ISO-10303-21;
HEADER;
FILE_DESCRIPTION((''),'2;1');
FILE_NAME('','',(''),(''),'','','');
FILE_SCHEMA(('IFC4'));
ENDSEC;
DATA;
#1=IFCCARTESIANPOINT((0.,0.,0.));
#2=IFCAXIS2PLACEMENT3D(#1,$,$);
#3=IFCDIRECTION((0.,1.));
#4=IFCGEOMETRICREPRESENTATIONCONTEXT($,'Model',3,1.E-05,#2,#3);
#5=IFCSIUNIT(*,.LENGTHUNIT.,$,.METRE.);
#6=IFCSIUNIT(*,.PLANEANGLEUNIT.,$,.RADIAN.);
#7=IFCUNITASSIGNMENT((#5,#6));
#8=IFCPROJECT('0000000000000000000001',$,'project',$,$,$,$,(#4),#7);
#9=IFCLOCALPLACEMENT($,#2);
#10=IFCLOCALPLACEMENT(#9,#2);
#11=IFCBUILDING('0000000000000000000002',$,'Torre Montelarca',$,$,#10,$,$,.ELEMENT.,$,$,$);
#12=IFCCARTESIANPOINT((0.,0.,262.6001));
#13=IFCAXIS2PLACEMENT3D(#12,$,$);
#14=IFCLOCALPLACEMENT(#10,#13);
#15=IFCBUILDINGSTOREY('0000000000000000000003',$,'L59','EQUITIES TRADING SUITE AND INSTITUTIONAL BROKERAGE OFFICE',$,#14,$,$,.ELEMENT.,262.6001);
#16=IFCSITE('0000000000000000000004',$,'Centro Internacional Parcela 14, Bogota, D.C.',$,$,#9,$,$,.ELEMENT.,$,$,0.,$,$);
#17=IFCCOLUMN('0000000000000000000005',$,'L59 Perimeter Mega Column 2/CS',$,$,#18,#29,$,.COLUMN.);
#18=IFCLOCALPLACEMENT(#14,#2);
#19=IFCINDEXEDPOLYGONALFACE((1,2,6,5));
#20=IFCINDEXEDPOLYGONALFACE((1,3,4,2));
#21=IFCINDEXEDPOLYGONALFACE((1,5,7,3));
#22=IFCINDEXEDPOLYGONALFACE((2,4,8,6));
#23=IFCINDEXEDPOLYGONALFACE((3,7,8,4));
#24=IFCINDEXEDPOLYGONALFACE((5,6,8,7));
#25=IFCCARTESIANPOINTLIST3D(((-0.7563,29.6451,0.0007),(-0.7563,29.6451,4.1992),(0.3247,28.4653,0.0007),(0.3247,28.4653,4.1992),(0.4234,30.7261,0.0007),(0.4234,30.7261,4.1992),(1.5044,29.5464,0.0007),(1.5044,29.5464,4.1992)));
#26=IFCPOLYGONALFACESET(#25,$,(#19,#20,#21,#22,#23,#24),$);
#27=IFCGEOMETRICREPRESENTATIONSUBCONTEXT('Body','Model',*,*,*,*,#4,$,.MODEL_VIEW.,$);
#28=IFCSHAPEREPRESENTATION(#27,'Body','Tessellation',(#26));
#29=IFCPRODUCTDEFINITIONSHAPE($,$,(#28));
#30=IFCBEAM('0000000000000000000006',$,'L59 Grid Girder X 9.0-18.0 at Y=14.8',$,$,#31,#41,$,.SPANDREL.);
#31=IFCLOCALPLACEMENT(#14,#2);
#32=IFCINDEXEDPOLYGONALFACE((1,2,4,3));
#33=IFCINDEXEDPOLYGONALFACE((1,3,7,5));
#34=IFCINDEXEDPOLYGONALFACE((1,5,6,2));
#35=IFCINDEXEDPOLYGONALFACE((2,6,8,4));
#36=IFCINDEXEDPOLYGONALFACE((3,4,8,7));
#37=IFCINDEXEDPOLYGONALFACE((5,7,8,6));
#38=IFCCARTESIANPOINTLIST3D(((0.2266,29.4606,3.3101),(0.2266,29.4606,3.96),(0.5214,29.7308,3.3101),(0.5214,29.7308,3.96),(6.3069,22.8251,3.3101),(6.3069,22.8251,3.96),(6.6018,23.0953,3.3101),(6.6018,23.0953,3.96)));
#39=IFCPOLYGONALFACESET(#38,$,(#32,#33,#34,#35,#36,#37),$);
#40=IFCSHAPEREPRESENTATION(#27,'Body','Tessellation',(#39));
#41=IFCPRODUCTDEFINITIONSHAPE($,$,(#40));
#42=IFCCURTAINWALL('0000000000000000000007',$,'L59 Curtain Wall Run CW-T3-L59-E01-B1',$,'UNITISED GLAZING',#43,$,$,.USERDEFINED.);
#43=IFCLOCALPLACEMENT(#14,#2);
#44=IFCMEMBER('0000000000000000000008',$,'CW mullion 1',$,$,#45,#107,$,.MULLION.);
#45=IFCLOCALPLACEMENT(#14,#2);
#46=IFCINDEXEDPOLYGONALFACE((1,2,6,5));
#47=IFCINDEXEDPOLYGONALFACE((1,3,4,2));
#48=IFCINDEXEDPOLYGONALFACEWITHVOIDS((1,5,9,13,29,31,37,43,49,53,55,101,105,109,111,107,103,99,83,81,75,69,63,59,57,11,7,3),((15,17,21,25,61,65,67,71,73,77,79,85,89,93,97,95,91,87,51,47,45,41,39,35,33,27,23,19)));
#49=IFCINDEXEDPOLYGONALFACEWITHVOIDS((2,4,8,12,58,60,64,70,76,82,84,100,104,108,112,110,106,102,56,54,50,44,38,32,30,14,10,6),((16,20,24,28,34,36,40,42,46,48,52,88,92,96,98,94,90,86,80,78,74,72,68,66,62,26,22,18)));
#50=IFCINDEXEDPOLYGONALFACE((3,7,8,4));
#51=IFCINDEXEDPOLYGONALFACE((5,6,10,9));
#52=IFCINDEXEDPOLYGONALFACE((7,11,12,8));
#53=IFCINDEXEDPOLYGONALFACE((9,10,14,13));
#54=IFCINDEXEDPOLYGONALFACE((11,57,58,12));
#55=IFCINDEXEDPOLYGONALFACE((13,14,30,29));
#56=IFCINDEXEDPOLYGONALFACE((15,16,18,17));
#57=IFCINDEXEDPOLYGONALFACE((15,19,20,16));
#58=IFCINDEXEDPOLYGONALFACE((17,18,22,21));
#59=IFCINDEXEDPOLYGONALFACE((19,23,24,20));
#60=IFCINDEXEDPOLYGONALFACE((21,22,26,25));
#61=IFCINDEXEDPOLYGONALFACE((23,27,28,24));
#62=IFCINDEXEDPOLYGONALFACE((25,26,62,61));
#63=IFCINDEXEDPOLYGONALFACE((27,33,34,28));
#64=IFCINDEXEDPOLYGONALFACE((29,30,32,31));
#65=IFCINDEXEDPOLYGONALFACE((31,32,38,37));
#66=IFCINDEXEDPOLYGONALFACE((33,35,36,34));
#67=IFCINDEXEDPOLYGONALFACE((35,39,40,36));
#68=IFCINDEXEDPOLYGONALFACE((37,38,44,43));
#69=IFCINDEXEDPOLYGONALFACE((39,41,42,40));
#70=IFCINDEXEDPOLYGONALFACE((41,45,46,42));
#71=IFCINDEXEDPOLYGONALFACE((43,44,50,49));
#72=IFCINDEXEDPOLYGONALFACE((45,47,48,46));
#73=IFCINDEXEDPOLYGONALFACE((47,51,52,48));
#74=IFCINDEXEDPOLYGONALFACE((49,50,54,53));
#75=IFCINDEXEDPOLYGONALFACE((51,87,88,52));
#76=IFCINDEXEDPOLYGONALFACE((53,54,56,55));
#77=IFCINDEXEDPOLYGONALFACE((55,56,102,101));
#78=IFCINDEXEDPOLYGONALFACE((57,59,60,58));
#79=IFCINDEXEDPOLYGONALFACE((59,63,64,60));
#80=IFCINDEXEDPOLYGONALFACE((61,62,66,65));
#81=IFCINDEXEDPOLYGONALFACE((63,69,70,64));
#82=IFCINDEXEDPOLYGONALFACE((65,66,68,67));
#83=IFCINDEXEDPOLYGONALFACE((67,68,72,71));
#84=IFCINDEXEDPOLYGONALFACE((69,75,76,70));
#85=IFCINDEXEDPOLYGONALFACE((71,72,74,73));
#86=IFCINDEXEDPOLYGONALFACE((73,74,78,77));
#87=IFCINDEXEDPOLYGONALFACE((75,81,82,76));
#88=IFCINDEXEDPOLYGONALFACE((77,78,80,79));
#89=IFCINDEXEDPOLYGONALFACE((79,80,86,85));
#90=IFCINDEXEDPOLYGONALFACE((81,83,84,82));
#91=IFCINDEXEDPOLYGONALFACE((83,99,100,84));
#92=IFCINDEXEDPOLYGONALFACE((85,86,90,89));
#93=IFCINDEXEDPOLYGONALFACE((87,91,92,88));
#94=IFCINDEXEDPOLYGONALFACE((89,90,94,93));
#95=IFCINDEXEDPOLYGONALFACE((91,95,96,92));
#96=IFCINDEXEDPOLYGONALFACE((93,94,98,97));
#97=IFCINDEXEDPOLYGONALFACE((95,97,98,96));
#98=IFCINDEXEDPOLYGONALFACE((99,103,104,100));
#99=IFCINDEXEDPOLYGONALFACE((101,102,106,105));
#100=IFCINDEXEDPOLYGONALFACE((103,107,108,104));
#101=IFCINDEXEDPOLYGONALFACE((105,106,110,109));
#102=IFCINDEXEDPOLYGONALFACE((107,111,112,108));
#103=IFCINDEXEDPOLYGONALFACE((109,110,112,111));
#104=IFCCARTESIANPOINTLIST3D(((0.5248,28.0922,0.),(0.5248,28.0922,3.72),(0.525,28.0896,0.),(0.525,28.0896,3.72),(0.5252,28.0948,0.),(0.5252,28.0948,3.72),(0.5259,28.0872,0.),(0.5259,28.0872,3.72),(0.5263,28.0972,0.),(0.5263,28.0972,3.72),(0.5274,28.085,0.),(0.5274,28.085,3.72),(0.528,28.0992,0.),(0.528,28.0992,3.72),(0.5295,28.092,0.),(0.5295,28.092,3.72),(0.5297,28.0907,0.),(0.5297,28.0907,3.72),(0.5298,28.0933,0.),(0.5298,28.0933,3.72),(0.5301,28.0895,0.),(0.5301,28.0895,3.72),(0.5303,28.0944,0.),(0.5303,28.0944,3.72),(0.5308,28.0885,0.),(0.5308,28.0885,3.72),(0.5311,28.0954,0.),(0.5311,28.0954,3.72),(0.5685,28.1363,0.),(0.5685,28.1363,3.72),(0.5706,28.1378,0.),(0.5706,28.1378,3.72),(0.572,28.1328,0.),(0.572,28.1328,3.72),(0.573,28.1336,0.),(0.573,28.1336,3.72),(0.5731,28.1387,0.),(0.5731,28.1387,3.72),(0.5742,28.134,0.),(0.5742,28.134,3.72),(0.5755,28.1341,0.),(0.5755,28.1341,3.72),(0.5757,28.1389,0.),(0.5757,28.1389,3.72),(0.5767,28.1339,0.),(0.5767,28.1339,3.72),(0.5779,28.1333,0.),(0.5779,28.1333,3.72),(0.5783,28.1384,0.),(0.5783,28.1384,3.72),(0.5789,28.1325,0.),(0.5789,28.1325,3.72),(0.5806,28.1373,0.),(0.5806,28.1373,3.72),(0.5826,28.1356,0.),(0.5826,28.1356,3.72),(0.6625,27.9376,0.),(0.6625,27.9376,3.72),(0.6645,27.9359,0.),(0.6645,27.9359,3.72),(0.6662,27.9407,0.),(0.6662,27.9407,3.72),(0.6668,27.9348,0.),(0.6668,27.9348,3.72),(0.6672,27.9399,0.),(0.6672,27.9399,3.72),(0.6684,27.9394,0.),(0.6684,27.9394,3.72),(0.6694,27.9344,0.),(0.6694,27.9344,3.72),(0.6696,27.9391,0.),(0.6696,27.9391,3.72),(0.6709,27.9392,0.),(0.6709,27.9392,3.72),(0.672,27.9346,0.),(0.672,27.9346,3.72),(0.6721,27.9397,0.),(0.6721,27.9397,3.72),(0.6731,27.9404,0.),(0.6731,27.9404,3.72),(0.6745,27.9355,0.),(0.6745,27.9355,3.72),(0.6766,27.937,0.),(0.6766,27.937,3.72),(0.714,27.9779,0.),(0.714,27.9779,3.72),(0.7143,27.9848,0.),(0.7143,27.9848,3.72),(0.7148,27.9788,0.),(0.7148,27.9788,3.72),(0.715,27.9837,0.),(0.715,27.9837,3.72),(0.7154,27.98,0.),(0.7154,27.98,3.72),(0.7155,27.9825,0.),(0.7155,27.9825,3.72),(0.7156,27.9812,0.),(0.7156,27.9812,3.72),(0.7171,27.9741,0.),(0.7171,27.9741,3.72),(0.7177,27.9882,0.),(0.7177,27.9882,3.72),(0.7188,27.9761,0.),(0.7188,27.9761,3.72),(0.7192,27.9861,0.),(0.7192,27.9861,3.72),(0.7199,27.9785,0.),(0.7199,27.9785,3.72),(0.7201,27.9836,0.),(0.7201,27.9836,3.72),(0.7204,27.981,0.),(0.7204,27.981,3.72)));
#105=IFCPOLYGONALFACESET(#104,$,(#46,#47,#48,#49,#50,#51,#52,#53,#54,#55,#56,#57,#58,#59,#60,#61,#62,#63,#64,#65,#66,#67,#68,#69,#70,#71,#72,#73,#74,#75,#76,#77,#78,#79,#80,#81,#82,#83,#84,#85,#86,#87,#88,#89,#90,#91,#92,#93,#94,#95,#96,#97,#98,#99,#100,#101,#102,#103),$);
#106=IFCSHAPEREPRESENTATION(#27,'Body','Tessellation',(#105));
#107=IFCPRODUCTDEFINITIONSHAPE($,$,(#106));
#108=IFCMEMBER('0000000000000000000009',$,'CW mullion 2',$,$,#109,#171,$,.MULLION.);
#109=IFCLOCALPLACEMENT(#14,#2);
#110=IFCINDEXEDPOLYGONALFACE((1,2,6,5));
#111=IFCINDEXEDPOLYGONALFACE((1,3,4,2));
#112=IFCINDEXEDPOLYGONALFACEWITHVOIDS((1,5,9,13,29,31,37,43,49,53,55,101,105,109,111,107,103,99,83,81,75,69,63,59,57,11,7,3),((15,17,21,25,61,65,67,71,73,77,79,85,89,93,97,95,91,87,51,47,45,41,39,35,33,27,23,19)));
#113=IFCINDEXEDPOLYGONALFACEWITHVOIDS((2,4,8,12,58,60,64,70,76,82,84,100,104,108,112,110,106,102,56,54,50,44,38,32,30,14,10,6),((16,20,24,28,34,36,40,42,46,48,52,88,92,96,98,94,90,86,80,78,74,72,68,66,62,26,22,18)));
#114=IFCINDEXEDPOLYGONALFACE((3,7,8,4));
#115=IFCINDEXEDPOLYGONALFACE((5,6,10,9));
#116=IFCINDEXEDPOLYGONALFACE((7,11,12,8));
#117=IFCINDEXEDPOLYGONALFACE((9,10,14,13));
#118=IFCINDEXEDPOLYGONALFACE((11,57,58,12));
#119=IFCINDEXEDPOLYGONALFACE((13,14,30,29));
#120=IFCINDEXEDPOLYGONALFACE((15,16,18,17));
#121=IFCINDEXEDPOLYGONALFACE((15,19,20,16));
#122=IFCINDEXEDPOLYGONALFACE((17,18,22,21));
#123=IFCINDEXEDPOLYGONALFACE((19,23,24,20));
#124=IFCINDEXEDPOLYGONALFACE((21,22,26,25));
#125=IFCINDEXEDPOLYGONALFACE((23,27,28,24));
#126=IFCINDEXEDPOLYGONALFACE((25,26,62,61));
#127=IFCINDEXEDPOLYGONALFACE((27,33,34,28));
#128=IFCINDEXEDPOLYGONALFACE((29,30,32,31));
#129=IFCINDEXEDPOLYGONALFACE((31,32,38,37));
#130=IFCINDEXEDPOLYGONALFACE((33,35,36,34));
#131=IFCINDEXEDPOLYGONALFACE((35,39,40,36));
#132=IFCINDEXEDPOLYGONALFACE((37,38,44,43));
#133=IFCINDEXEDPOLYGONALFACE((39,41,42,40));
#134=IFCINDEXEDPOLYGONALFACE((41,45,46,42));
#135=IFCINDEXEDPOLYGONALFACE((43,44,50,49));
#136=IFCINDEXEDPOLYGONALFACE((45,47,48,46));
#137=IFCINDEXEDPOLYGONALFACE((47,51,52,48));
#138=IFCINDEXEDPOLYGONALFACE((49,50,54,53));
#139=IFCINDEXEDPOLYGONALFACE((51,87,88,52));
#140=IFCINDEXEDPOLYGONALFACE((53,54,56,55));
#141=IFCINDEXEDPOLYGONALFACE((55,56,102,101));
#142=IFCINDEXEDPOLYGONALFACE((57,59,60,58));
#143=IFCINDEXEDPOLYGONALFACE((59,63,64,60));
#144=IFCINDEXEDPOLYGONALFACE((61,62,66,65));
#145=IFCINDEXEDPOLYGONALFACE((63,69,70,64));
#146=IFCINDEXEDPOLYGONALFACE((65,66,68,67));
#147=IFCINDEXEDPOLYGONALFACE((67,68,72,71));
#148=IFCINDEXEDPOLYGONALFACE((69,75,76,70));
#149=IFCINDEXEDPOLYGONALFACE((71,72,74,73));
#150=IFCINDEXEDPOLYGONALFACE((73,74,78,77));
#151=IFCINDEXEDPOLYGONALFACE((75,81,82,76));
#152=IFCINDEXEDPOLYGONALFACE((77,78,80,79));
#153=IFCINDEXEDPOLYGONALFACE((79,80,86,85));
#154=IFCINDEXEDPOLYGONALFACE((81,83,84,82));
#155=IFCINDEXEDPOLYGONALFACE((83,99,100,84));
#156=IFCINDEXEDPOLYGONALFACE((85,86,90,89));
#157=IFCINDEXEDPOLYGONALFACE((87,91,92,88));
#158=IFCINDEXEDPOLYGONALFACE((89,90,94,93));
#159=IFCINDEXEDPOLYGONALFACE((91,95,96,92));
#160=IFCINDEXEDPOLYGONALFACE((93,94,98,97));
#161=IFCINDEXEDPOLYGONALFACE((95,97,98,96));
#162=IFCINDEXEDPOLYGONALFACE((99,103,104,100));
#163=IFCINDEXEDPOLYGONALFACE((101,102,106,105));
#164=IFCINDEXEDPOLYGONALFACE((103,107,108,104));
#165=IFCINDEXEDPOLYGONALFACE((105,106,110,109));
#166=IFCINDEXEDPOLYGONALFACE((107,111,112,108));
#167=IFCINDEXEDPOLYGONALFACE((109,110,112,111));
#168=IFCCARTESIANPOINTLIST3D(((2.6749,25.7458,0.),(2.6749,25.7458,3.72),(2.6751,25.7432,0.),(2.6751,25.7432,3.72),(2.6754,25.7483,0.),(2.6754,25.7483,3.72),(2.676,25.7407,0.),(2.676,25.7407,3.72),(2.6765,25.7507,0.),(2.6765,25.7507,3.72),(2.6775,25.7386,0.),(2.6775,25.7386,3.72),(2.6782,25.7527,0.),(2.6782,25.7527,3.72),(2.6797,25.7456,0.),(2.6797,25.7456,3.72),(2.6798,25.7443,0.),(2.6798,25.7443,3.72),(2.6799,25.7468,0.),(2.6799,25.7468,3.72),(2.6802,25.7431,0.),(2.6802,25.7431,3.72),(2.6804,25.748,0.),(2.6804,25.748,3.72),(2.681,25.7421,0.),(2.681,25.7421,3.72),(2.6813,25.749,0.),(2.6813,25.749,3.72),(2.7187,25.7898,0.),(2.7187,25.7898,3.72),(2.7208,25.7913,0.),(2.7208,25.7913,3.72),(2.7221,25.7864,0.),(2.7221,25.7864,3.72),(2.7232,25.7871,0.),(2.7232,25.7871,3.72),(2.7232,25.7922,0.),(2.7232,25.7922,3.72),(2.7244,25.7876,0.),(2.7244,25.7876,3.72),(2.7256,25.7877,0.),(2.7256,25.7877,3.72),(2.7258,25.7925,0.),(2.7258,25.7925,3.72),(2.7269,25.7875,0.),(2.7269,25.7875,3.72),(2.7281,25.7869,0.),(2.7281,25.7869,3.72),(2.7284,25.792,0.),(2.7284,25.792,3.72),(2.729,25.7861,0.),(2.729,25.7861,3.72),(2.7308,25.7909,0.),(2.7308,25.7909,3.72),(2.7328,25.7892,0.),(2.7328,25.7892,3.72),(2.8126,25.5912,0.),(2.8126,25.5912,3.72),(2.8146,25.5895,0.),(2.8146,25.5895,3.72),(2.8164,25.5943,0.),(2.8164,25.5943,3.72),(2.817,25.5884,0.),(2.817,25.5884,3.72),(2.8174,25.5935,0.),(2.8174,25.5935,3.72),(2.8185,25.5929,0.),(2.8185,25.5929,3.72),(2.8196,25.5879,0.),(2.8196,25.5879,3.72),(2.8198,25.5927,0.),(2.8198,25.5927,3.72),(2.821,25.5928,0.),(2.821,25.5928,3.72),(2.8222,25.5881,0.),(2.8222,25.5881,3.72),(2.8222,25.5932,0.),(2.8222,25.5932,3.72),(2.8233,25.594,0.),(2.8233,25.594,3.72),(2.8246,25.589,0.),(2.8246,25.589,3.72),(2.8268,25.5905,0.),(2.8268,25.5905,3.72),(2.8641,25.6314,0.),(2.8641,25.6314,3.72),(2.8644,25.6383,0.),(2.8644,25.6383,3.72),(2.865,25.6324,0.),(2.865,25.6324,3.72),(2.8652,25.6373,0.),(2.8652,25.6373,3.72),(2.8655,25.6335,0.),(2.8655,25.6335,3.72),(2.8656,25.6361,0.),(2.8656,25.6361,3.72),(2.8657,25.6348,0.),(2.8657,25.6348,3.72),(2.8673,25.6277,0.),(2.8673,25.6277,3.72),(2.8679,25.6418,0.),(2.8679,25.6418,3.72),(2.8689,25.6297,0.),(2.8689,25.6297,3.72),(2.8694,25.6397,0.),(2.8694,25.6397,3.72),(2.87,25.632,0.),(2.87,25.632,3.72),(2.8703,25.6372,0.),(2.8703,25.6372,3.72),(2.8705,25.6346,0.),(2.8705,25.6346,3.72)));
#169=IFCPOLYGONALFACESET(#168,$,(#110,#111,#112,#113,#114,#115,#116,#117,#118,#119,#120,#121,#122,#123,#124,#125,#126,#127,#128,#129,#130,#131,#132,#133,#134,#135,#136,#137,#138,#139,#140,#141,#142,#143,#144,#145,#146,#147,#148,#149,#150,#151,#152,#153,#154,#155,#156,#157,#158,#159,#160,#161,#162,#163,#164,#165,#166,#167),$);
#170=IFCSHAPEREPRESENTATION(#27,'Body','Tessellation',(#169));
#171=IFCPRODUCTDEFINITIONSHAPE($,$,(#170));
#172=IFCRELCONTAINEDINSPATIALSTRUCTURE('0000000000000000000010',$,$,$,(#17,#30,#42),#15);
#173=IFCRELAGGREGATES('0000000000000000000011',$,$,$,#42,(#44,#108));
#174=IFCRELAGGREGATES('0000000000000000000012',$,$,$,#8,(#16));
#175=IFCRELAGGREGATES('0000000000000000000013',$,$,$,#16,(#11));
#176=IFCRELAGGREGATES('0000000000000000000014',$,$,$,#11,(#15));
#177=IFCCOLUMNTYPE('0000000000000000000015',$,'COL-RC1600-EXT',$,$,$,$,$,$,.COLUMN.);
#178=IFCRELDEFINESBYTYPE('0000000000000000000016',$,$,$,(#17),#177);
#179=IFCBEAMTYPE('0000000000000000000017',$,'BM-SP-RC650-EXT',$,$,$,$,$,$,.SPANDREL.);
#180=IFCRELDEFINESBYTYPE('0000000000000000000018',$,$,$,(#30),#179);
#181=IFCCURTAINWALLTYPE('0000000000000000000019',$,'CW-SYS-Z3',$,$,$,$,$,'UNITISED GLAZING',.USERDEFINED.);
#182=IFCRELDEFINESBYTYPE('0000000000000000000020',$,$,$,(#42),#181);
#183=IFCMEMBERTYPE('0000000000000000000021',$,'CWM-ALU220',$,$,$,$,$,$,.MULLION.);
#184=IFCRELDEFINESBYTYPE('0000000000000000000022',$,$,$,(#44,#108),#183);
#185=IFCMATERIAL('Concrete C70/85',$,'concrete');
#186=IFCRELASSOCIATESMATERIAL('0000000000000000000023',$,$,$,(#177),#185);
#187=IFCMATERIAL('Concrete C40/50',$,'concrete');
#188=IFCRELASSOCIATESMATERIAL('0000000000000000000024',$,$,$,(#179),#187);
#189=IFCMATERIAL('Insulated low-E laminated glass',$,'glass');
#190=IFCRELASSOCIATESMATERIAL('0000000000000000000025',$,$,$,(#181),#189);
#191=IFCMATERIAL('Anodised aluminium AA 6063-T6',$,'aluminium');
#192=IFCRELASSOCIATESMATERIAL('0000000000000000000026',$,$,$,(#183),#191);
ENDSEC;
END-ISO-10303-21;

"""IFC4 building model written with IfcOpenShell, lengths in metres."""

from ifc_helpers import new_model, si_unit, direction, frame, origin, origin_2d, place, context, subcontext, project, spatial, rectangle, hollow_rectangle, extrude, source, transform, mapped, material, material_profile, profile_set, type_object, element, aggregate, save


model = new_model("IFC4")

# Units and contexts
model_context = context("Model", 3, precision=1e-05, world=origin(), true_north=direction((0.0, 1.0)))
body_context = subcontext(model_context, "Body", "Model", "MODEL_VIEW")
ifc_project = project(units=[si_unit("LENGTHUNIT", "METRE"), si_unit("PLANEANGLEUNIT", "RADIAN")], contexts=[model_context])

# Site, building, storey
site_placement = place(None, origin())
site = spatial("IfcSite", under=ifc_project, at=site_placement, Name="Centro Internacional Parcela 14, Bogota, D.C.", CompositionType="ELEMENT", RefElevation=0.0)
building_placement = place(site_placement, origin())
building = spatial("IfcBuilding", under=site, at=building_placement, Name="Torre Montelarca", CompositionType="ELEMENT")
storey_placement = place(building_placement, frame((0.0, 0.0, 262.6001)))
storey = spatial("IfcBuildingStorey", under=building, at=storey_placement, Name="L59", Description="EQUITIES TRADING SUITE AND INSTITUTIONAL BROKERAGE OFFICE", CompositionType="ELEMENT", Elevation=262.6001)

# Column
ifc_material_1 = material(Name="Concrete C70/85", Category="concrete")
ifc_material_profile_1 = material_profile(ifc_material_1, rectangle(XDim=1.6001, YDim=1.6001, at=origin_2d()), Name="RC1600X1600", Category="concrete")
ifc_profile_set_1 = profile_set([ifc_material_profile_1], Name="Concrete C70/85")
column_type = type_object("IfcColumnType", Name="COL-RC1600-EXT", PredefinedType="COLUMN", material=ifc_profile_set_1)
shared_shape_1 = source(origin(), body_context, "Body", "SweptSolid", [
    extrude(rectangle(XDim=1.6001, YDim=1.6001, at=origin_2d()), origin(), (0.0, 0.0, 1.0), 4.1985),
])
column_placement = place(storey_placement, frame((0.374, 29.5957, 0.0007), z_axis=(0.0, 0.0, 1.0), x_axis=(-0.67559, 0.737277, 0.0)))
element("IfcColumn", 1, at=column_placement, inside=storey, type_object=column_type, Name="L59 Perimeter Mega Column 2/CS", PredefinedType="COLUMN", context=body_context, shape_type="MappedRepresentation", body=[
    mapped(shared_shape_1, transform((0.0, 0.0, 0.0), scale=1.0)),
])

# Beam
ifc_material_2 = material(Name="Concrete C40/50", Category="concrete")
ifc_material_profile_2 = material_profile(ifc_material_2, rectangle(XDim=0.3999, YDim=0.6499, at=origin_2d()), Name="RCB400X650", Category="concrete")
ifc_profile_set_2 = profile_set([ifc_material_profile_2], Name="Concrete C40/50")
beam_type = type_object("IfcBeamType", Name="BM-SP-RC650-EXT", PredefinedType="SPANDREL", material=ifc_profile_set_2)
shared_shape_2 = source(origin(), body_context, "Body", "SweptSolid", [
    extrude(rectangle(XDim=0.3999, YDim=0.6499, at=origin_2d()), origin(), (0.0, 0.0, 1.0), 9.0),
])
beam_placement = place(storey_placement, frame((0.374, 29.5957, 3.635), z_axis=(0.675591, -0.737277, 0.0), x_axis=(0.737277, 0.675591, 0.0)))
element("IfcBeam", 2, at=beam_placement, inside=storey, type_object=beam_type, Name="L59 Grid Girder X 9.0-18.0 at Y=14.8", PredefinedType="SPANDREL", context=body_context, shape_type="MappedRepresentation", body=[
    mapped(shared_shape_2, transform((0.0, 0.0, 0.0), scale=1.0)),
])

# Curtain wall, members
ifc_material_3 = material(Name="Insulated low-E laminated glass", Category="glass")
curtain_wall_type = type_object("IfcCurtainWallType", Name="CW-SYS-Z3", ElementType="UNITISED GLAZING", PredefinedType="USERDEFINED", material=ifc_material_3)
curtain_wall_placement = place(storey_placement, origin())
curtain_wall = element("IfcCurtainWall", 3, at=curtain_wall_placement, inside=storey, type_object=curtain_wall_type, Name="L59 Curtain Wall Run CW-T3-L59-E01-B1", ObjectType="UNITISED GLAZING", PredefinedType="USERDEFINED")
ifc_material_4 = material(Name="Anodised aluminium AA 6063-T6", Category="aluminium")
ifc_material_profile_3 = material_profile(ifc_material_4, hollow_rectangle(XDim=0.075, YDim=0.22, WallThickness=0.0049, InnerFilletRadius=0.0049, OuterFilletRadius=0.01, at=origin_2d()), Name="ALU75X220X5", Category="aluminium")
ifc_profile_set_3 = profile_set([ifc_material_profile_3], Name="Anodised aluminium AA 6063-T6")
member_type_1 = type_object("IfcMemberType", Name="CWM-ALU220", PredefinedType="MULLION", material=ifc_profile_set_3)
shared_shape_3 = source(origin(), body_context, "Body", "SweptSolid", [
    extrude(hollow_rectangle(XDim=0.075, YDim=0.22, WallThickness=0.0049, InnerFilletRadius=0.0049, OuterFilletRadius=0.01, at=origin_2d()), origin(), (0.0, 0.0, 1.0), 3.72),
])
member_1_placement = place(storey_placement, frame((0.6226, 28.0366, 0.0), z_axis=(0.0, 0.0, 1.0), x_axis=(0.73728, 0.675588, 0.0)))
member_1 = element("IfcMember", 4, at=member_1_placement, type_object=member_type_1, Name="CW mullion 1", PredefinedType="MULLION", context=body_context, shape_type="MappedRepresentation", body=[
    mapped(shared_shape_3, transform((0.0, 0.0, 0.0), scale=1.0)),
])
member_2_placement = place(storey_placement, frame((2.7727, 25.6902, 0.0), z_axis=(0.0, 0.0, 1.0), x_axis=(0.73728, 0.675588, 0.0)))
member_2 = element("IfcMember", 5, at=member_2_placement, type_object=member_type_1, Name="CW mullion 2", PredefinedType="MULLION", context=body_context, shape_type="MappedRepresentation", body=[
    mapped(shared_shape_3, transform((0.0, 0.0, 0.0), scale=1.0)),
])
aggregate(curtain_wall, [member_1, member_2])

save(model, "model.ifc")
